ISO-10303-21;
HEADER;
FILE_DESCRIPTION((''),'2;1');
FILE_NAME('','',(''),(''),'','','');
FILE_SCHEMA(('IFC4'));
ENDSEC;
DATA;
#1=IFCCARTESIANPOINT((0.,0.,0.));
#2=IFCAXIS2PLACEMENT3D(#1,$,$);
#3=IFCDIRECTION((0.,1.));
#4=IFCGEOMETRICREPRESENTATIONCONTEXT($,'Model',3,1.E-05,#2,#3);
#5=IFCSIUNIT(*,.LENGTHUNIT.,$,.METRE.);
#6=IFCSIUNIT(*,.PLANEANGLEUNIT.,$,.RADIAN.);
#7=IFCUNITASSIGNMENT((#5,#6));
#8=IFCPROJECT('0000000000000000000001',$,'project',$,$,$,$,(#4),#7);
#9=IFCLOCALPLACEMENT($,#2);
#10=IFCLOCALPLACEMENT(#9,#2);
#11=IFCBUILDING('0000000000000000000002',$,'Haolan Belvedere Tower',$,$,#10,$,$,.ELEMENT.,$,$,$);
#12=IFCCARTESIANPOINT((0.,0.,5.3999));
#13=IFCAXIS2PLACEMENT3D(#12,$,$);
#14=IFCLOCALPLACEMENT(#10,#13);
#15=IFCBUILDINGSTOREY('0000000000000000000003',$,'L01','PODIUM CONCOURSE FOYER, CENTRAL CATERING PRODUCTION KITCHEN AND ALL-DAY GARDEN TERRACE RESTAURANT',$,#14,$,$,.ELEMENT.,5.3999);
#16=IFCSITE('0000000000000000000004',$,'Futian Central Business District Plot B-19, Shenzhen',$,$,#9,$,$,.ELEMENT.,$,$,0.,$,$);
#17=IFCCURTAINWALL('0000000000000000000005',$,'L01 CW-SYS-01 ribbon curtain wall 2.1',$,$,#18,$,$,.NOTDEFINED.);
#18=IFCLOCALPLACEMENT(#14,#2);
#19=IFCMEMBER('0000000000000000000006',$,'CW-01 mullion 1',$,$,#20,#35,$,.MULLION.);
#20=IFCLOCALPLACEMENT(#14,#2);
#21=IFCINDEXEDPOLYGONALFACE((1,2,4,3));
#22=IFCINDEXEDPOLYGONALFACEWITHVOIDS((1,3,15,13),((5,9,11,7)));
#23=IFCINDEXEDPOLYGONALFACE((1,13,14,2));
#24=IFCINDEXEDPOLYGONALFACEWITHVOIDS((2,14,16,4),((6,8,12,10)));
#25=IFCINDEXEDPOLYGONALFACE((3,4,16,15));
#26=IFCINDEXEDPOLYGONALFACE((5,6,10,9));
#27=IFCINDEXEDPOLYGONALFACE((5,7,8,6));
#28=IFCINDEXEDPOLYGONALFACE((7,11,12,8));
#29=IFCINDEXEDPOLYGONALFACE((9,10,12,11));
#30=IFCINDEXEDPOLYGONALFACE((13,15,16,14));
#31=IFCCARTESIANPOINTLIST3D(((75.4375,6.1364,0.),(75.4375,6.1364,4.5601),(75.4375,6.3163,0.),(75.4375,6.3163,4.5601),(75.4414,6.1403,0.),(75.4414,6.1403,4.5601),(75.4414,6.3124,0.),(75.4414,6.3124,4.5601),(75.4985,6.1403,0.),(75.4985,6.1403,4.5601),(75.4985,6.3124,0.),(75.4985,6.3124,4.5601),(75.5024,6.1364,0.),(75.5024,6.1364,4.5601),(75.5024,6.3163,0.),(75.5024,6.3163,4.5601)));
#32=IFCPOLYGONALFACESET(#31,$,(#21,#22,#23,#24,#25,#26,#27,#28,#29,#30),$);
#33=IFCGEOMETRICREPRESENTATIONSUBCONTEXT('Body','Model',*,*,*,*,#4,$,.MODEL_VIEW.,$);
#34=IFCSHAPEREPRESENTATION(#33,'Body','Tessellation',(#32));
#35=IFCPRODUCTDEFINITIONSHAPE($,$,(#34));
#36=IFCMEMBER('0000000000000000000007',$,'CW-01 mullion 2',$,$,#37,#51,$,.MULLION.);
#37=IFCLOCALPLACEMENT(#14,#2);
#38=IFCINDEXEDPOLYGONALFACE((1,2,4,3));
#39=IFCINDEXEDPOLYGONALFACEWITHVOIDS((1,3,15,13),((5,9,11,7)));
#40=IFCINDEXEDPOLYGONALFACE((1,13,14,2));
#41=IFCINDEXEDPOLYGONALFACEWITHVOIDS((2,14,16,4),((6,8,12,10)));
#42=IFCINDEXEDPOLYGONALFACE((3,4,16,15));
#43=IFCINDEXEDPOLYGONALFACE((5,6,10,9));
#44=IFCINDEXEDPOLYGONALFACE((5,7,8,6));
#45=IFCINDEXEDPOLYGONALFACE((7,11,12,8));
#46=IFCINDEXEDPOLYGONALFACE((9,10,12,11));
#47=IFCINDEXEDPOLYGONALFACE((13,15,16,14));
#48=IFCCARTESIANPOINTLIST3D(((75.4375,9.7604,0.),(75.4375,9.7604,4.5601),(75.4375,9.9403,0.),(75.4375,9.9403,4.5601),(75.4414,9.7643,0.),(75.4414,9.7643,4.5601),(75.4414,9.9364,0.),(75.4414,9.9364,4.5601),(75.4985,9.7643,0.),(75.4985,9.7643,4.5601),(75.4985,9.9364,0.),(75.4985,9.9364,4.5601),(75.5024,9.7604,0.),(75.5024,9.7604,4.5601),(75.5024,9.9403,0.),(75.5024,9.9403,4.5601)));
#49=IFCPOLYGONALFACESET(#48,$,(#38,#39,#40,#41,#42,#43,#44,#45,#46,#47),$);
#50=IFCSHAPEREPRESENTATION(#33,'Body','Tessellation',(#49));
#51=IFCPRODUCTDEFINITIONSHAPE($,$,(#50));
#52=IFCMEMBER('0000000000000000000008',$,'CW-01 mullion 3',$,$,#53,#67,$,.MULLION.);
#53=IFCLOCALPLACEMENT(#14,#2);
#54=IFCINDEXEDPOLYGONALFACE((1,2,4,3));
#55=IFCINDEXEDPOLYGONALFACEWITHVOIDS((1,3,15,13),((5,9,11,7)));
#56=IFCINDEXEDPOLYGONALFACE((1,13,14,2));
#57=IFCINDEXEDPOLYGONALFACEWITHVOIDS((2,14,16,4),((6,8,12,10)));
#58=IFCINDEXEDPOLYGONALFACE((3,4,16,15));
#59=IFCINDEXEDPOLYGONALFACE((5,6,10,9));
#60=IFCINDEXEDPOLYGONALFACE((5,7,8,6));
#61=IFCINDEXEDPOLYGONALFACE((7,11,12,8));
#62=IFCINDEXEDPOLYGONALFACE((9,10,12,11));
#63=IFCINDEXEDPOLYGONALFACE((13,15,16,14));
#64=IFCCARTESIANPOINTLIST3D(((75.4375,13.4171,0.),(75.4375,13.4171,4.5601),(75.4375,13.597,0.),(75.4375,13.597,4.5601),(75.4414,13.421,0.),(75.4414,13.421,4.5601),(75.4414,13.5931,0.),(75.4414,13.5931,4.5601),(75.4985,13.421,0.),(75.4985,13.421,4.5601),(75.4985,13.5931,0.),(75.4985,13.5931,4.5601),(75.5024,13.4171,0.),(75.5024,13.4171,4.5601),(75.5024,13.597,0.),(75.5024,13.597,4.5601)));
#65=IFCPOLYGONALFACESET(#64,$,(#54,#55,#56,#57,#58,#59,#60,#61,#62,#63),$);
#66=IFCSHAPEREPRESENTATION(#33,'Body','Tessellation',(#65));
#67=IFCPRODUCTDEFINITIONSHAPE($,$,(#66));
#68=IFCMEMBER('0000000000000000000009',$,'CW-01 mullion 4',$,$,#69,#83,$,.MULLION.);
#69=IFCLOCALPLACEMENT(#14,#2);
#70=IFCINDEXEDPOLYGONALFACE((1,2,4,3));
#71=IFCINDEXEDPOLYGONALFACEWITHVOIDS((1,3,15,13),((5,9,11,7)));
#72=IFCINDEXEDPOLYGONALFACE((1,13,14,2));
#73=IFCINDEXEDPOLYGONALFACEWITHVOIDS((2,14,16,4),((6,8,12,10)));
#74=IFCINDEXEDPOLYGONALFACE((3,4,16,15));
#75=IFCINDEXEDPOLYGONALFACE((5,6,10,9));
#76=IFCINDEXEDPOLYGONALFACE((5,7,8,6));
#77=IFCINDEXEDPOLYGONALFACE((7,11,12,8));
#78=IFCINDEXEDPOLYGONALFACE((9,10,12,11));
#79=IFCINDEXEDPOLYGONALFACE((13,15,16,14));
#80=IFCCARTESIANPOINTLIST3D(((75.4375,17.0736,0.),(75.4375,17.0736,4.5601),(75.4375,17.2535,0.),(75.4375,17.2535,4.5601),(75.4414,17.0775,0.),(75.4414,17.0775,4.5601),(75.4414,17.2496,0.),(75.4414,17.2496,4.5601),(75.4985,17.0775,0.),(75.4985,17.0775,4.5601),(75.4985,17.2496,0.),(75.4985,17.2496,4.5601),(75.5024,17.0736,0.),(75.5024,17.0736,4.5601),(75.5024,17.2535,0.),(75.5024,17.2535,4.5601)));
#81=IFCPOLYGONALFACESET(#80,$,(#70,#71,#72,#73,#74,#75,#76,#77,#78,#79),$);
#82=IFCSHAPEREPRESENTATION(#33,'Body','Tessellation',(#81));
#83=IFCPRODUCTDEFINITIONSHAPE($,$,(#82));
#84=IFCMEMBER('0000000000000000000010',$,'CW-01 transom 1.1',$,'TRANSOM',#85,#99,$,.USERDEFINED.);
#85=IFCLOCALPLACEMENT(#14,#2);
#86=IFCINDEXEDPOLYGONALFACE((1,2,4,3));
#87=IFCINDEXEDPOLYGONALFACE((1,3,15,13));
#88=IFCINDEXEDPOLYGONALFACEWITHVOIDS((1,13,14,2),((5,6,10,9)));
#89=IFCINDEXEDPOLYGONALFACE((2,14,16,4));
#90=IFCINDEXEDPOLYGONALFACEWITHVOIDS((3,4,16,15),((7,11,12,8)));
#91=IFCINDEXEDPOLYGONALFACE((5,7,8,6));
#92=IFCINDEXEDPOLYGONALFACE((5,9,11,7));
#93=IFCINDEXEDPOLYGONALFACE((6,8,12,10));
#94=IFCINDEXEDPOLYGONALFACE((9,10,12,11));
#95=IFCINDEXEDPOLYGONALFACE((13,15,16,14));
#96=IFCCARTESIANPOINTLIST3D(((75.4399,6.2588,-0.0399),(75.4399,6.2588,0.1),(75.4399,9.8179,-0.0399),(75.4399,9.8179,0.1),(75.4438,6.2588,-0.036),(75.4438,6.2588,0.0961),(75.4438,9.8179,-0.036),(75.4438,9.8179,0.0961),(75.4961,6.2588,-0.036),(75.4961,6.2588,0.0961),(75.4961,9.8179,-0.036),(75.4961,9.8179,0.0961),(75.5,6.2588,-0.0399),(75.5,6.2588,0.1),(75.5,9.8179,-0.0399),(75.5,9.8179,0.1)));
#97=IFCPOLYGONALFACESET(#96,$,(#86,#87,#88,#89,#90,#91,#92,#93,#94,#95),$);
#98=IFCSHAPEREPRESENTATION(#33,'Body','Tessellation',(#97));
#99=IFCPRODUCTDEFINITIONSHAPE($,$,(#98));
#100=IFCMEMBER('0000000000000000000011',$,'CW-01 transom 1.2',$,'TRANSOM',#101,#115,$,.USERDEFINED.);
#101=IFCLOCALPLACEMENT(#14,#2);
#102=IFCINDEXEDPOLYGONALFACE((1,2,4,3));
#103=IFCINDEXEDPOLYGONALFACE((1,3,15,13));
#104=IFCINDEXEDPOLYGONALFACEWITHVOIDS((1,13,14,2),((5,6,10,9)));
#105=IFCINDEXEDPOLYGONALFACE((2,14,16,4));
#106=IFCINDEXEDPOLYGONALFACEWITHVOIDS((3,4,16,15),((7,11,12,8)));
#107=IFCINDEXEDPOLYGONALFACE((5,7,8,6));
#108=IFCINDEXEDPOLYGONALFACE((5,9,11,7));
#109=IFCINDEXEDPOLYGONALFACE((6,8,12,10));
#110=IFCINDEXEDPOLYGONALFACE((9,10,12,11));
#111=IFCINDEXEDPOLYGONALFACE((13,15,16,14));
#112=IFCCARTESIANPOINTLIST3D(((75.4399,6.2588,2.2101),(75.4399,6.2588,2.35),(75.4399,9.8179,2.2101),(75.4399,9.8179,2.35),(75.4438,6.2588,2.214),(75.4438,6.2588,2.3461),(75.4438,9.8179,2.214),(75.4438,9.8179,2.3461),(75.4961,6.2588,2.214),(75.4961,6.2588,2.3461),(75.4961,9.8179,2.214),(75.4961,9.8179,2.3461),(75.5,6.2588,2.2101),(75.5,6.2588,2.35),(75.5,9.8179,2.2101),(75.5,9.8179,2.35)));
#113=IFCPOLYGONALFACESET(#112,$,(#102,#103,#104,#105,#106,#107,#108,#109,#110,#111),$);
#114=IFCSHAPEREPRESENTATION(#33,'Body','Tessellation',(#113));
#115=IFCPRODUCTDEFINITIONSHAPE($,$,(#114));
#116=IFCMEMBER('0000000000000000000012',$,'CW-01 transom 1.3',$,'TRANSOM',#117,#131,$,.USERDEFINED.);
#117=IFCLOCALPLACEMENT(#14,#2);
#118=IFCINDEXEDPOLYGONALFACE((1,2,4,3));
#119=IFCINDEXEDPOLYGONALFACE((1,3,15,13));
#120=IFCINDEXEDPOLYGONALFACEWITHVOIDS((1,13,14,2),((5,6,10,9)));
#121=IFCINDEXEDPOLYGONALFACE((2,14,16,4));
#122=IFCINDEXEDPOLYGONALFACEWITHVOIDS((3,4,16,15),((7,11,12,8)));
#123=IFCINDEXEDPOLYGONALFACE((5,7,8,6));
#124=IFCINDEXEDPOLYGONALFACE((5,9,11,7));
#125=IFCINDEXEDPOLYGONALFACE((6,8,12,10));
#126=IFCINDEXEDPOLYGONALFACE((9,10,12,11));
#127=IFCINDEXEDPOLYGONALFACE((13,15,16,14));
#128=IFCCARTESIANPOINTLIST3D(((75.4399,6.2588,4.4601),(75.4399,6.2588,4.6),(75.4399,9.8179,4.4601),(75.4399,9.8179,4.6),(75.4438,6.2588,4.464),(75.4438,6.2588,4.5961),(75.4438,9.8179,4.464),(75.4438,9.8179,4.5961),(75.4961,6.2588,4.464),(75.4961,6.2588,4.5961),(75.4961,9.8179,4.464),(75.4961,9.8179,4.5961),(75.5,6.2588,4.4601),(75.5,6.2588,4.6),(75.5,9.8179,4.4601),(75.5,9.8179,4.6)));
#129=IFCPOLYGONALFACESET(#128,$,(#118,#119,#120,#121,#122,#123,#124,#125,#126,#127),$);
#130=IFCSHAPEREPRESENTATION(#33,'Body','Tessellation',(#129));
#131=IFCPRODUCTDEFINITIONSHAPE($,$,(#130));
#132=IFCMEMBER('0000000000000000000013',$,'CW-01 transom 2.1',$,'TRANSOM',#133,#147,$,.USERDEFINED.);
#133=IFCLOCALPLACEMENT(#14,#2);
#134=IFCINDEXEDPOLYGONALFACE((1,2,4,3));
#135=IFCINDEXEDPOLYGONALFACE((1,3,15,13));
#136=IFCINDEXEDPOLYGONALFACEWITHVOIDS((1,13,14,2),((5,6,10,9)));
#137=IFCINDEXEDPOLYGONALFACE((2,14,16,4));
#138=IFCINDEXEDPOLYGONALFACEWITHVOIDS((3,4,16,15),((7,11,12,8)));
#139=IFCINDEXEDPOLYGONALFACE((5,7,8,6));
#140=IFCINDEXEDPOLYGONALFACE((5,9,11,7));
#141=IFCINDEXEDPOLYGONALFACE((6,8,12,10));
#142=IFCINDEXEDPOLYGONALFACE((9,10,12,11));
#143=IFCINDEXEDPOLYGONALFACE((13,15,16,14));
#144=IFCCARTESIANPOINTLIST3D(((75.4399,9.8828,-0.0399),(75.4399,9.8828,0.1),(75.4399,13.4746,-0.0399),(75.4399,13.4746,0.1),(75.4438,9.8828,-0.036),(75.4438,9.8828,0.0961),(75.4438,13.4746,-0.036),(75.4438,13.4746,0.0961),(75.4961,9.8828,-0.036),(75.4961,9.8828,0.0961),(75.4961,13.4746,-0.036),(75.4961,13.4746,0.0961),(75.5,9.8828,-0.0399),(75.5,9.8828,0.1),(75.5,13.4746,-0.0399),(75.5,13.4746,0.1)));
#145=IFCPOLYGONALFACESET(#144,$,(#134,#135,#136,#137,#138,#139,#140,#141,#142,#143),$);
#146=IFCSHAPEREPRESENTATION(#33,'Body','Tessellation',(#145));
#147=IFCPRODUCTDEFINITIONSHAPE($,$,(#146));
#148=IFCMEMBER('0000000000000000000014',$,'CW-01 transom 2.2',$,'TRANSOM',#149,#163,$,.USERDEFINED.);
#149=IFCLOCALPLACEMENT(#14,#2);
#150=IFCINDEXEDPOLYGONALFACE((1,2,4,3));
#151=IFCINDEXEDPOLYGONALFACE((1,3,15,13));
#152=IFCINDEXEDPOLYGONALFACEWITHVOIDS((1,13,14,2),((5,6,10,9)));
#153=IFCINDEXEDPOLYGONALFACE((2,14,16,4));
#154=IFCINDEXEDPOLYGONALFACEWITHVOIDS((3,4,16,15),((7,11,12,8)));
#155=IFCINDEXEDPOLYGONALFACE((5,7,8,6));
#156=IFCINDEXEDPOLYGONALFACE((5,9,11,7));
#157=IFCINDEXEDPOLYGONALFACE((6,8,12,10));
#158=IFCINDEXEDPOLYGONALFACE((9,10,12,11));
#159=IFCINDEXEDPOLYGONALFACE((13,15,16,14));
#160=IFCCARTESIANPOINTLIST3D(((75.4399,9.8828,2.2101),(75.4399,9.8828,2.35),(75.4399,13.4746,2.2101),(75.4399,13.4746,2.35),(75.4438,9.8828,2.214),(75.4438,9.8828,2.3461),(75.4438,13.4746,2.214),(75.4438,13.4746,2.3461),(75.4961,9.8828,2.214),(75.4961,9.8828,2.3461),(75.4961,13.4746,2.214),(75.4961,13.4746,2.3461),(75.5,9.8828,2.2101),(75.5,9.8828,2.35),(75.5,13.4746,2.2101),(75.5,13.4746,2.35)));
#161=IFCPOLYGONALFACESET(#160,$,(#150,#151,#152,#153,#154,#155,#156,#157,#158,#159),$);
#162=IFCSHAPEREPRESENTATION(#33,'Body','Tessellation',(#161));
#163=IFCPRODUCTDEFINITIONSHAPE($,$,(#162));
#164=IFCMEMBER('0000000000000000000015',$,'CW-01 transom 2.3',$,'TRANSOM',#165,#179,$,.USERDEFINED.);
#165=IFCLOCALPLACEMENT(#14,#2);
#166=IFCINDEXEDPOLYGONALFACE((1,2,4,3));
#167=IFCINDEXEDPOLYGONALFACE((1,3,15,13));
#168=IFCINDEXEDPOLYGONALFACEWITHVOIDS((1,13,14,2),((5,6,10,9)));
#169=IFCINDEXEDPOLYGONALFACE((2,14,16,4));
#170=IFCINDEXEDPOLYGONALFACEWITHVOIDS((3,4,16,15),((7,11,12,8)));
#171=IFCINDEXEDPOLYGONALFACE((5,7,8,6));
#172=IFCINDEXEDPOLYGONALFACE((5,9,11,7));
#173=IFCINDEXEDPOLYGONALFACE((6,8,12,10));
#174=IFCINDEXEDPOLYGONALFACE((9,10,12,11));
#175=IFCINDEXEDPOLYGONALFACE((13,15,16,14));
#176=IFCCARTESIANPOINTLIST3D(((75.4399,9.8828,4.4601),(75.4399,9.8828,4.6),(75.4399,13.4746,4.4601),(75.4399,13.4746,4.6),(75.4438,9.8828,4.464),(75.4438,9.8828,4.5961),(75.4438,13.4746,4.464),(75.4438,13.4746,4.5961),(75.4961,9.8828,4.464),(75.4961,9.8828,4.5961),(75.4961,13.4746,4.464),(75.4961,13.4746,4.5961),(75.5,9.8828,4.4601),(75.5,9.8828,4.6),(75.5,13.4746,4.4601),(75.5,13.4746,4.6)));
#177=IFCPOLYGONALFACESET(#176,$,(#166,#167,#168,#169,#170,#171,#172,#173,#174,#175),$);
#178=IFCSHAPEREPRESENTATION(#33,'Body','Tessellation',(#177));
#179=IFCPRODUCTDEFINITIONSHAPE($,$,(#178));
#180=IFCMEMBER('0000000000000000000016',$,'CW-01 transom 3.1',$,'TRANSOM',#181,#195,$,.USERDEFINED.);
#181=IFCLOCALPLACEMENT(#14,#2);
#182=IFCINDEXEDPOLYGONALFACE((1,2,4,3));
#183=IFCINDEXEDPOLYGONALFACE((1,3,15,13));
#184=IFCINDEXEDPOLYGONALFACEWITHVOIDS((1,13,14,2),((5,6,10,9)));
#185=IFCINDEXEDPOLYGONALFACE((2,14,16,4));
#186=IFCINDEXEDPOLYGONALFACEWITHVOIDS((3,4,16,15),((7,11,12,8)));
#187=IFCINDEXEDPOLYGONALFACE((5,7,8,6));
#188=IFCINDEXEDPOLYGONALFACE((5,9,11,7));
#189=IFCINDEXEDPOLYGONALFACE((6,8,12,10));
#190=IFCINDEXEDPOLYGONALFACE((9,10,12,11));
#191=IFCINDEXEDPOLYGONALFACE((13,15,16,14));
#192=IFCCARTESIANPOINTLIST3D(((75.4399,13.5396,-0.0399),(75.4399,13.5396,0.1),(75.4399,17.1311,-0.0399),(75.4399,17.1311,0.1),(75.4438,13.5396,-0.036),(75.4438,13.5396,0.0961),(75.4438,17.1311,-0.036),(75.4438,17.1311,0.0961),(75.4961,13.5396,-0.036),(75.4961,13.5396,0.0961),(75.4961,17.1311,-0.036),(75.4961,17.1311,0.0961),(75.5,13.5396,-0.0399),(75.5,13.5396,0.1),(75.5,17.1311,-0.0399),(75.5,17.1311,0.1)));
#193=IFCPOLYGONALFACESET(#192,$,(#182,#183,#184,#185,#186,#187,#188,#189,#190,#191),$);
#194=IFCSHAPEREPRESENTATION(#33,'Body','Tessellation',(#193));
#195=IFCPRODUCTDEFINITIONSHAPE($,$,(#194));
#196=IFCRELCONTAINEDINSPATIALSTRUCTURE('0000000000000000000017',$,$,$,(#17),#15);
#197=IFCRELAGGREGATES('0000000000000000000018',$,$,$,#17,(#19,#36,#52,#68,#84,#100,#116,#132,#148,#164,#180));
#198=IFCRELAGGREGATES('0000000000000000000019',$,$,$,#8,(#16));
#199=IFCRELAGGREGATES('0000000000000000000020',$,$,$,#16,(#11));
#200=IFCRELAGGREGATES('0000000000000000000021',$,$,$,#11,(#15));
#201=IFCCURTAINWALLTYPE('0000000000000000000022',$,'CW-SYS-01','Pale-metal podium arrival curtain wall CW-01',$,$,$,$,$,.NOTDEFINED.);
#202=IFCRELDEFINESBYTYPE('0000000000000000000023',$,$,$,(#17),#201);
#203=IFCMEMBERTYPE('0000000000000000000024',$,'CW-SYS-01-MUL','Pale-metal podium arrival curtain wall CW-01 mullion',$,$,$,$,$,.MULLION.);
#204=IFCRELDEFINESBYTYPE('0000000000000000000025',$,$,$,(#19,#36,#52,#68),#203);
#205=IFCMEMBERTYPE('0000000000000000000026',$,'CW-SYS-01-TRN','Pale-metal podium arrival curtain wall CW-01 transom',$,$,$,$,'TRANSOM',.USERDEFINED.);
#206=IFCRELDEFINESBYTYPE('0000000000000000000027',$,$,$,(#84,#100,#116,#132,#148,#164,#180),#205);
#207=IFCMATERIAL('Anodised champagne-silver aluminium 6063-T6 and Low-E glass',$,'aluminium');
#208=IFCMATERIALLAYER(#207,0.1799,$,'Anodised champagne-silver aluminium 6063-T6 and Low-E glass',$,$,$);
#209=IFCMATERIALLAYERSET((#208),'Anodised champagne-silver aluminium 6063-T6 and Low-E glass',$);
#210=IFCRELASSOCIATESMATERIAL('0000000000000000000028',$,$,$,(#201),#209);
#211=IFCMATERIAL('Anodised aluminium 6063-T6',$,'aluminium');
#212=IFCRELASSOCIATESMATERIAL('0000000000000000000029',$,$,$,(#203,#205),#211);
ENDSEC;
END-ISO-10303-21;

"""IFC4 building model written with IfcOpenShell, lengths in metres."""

from ifc_helpers import new_model, si_unit, direction, frame, origin, origin_2d, place, context, subcontext, project, spatial, hollow_rectangle, extrude, material, layer, layer_set, material_profile, profile_set, type_object, element, aggregate, save


model = new_model("IFC4")

# Units and contexts
model_context = context("Model", 3, precision=1e-05, world=origin(), true_north=direction((0.0, 1.0)))
body_context = subcontext(model_context, "Body", "Model", "MODEL_VIEW")
ifc_project = project(units=[si_unit("LENGTHUNIT", "METRE"), si_unit("PLANEANGLEUNIT", "RADIAN")], contexts=[model_context])

# Site, building, storey
site_placement = place(None, origin())
site = spatial("IfcSite", under=ifc_project, at=site_placement, Name="Futian Central Business District Plot B-19, Shenzhen", CompositionType="ELEMENT", RefElevation=0.0)
building_placement = place(site_placement, origin())
building = spatial("IfcBuilding", under=site, at=building_placement, Name="Haolan Belvedere Tower", CompositionType="ELEMENT")
storey_placement = place(building_placement, frame((0.0, 0.0, 5.3999)))
storey = spatial("IfcBuildingStorey", under=building, at=storey_placement, Name="L01", Description="PODIUM CONCOURSE FOYER, CENTRAL CATERING PRODUCTION KITCHEN AND ALL-DAY GARDEN TERRACE RESTAURANT", CompositionType="ELEMENT", Elevation=5.3999)

# Curtain wall, members
ifc_material_1 = material(Name="Anodised champagne-silver aluminium 6063-T6 and Low-E glass", Category="aluminium")
ifc_layer_1 = layer(ifc_material_1, 0.1799, Name="Anodised champagne-silver aluminium 6063-T6 and Low-E glass")
ifc_layer_set_1 = layer_set([ifc_layer_1], Name="Anodised champagne-silver aluminium 6063-T6 and Low-E glass")
curtain_wall_type = type_object("IfcCurtainWallType", Name="CW-SYS-01", Description="Pale-metal podium arrival curtain wall CW-01", PredefinedType="NOTDEFINED", material=ifc_layer_set_1)
curtain_wall_placement = place(storey_placement, origin())
curtain_wall = element("IfcCurtainWall", 1, at=curtain_wall_placement, inside=storey, type_object=curtain_wall_type, Name="L01 CW-SYS-01 ribbon curtain wall 2.1", PredefinedType="NOTDEFINED")
ifc_material_2 = material(Name="Anodised aluminium 6063-T6", Category="aluminium")
ifc_material_profile_1 = material_profile(ifc_material_2, hollow_rectangle(XDim=0.0649, YDim=0.1799, WallThickness=0.0039, at=origin_2d()), Name="Anodised aluminium 6063-T6")
ifc_profile_set_1 = profile_set([ifc_material_profile_1], Name="Anodised aluminium 6063-T6")
member_type_1 = type_object("IfcMemberType", Name="CW-SYS-01-MUL", Description="Pale-metal podium arrival curtain wall CW-01 mullion", PredefinedType="MULLION", material=ifc_profile_set_1)
member_1_placement = place(storey_placement, frame((75.47, 6.2263, 0.0), z_axis=(0.0, 0.0, 1.0), x_axis=(-1.0, 0.0, 0.0)))
member_1 = element("IfcMember", 2, at=member_1_placement, type_object=member_type_1, Name="CW-01 mullion 1", PredefinedType="MULLION", context=body_context, shape_type="SweptSolid", body=[
    extrude(hollow_rectangle(XDim=0.0649, YDim=0.1799, WallThickness=0.0039, at=origin_2d()), origin(), (0.0, 0.0, 1.0), 4.5601),
])
member_2_placement = place(storey_placement, frame((75.47, 9.8503, 0.0), z_axis=(0.0, 0.0, 1.0), x_axis=(-1.0, 0.0, 0.0)))
member_2 = element("IfcMember", 3, at=member_2_placement, type_object=member_type_1, Name="CW-01 mullion 2", PredefinedType="MULLION", context=body_context, shape_type="SweptSolid", body=[
    extrude(hollow_rectangle(XDim=0.0649, YDim=0.1799, WallThickness=0.0039, at=origin_2d()), origin(), (0.0, 0.0, 1.0), 4.5601),
])
member_3_placement = place(storey_placement, frame((75.47, 13.5071, 0.0), z_axis=(0.0, 0.0, 1.0), x_axis=(-1.0, 0.0, 0.0)))
member_3 = element("IfcMember", 4, at=member_3_placement, type_object=member_type_1, Name="CW-01 mullion 3", PredefinedType="MULLION", context=body_context, shape_type="SweptSolid", body=[
    extrude(hollow_rectangle(XDim=0.0649, YDim=0.1799, WallThickness=0.0039, at=origin_2d()), origin(), (0.0, 0.0, 1.0), 4.5601),
])
member_4_placement = place(storey_placement, frame((75.47, 17.1636, 0.0), z_axis=(0.0, 0.0, 1.0), x_axis=(-1.0, 0.0, 0.0)))
member_4 = element("IfcMember", 5, at=member_4_placement, type_object=member_type_1, Name="CW-01 mullion 4", PredefinedType="MULLION", context=body_context, shape_type="SweptSolid", body=[
    extrude(hollow_rectangle(XDim=0.0649, YDim=0.1799, WallThickness=0.0039, at=origin_2d()), origin(), (0.0, 0.0, 1.0), 4.5601),
])
ifc_material_profile_2 = material_profile(ifc_material_2, hollow_rectangle(XDim=0.0601, YDim=0.1399, WallThickness=0.0039, at=origin_2d()), Name="Anodised aluminium 6063-T6")
ifc_profile_set_2 = profile_set([ifc_material_profile_2], Name="Anodised aluminium 6063-T6")
member_type_2 = type_object("IfcMemberType", Name="CW-SYS-01-TRN", Description="Pale-metal podium arrival curtain wall CW-01 transom", ElementType="TRANSOM", PredefinedType="USERDEFINED", material=ifc_profile_set_2)
member_5_placement = place(storey_placement, frame((75.47, 6.2588, 0.03), z_axis=(0.0, 1.0, 0.0), x_axis=(-1.0, 0.0, 0.0)))
member_5 = element("IfcMember", 6, at=member_5_placement, type_object=member_type_2, Name="CW-01 transom 1.1", ObjectType="TRANSOM", PredefinedType="USERDEFINED", context=body_context, shape_type="SweptSolid", body=[
    extrude(hollow_rectangle(XDim=0.0601, YDim=0.1399, WallThickness=0.0039, at=origin_2d()), origin(), (0.0, 0.0, 1.0), 3.5591),
])
member_6_placement = place(storey_placement, frame((75.47, 6.2588, 2.28), z_axis=(0.0, 1.0, 0.0), x_axis=(-1.0, 0.0, 0.0)))
member_6 = element("IfcMember", 7, at=member_6_placement, type_object=member_type_2, Name="CW-01 transom 1.2", ObjectType="TRANSOM", PredefinedType="USERDEFINED", context=body_context, shape_type="SweptSolid", body=[
    extrude(hollow_rectangle(XDim=0.0601, YDim=0.1399, WallThickness=0.0039, at=origin_2d()), origin(), (0.0, 0.0, 1.0), 3.5591),
])
member_7_placement = place(storey_placement, frame((75.47, 6.2588, 4.53), z_axis=(0.0, 1.0, 0.0), x_axis=(-1.0, 0.0, 0.0)))
member_7 = element("IfcMember", 8, at=member_7_placement, type_object=member_type_2, Name="CW-01 transom 1.3", ObjectType="TRANSOM", PredefinedType="USERDEFINED", context=body_context, shape_type="SweptSolid", body=[
    extrude(hollow_rectangle(XDim=0.0601, YDim=0.1399, WallThickness=0.0039, at=origin_2d()), origin(), (0.0, 0.0, 1.0), 3.5591),
])
member_8_placement = place(storey_placement, frame((75.47, 9.8828, 0.03), z_axis=(0.0, 1.0, 0.0), x_axis=(-1.0, 0.0, 0.0)))
member_8 = element("IfcMember", 9, at=member_8_placement, type_object=member_type_2, Name="CW-01 transom 2.1", ObjectType="TRANSOM", PredefinedType="USERDEFINED", context=body_context, shape_type="SweptSolid", body=[
    extrude(hollow_rectangle(XDim=0.0601, YDim=0.1399, WallThickness=0.0039, at=origin_2d()), origin(), (0.0, 0.0, 1.0), 3.5918),
])
member_9_placement = place(storey_placement, frame((75.47, 9.8828, 2.28), z_axis=(0.0, 1.0, 0.0), x_axis=(-1.0, 0.0, 0.0)))
member_9 = element("IfcMember", 10, at=member_9_placement, type_object=member_type_2, Name="CW-01 transom 2.2", ObjectType="TRANSOM", PredefinedType="USERDEFINED", context=body_context, shape_type="SweptSolid", body=[
    extrude(hollow_rectangle(XDim=0.0601, YDim=0.1399, WallThickness=0.0039, at=origin_2d()), origin(), (0.0, 0.0, 1.0), 3.5918),
])
member_10_placement = place(storey_placement, frame((75.47, 9.8828, 4.53), z_axis=(0.0, 1.0, 0.0), x_axis=(-1.0, 0.0, 0.0)))
member_10 = element("IfcMember", 11, at=member_10_placement, type_object=member_type_2, Name="CW-01 transom 2.3", ObjectType="TRANSOM", PredefinedType="USERDEFINED", context=body_context, shape_type="SweptSolid", body=[
    extrude(hollow_rectangle(XDim=0.0601, YDim=0.1399, WallThickness=0.0039, at=origin_2d()), origin(), (0.0, 0.0, 1.0), 3.5918),
])
member_11_placement = place(storey_placement, frame((75.47, 13.5396, 0.03), z_axis=(0.0, 1.0, 0.0), x_axis=(-1.0, 0.0, 0.0)))
member_11 = element("IfcMember", 12, at=member_11_placement, type_object=member_type_2, Name="CW-01 transom 3.1", ObjectType="TRANSOM", PredefinedType="USERDEFINED", context=body_context, shape_type="SweptSolid", body=[
    extrude(hollow_rectangle(XDim=0.0601, YDim=0.1399, WallThickness=0.0039, at=origin_2d()), origin(), (0.0, 0.0, 1.0), 3.5916),
])
aggregate(curtain_wall, [member_1, member_2, member_3, member_4, member_5, member_6, member_7, member_8, member_9, member_10, member_11])

save(model, "model.ifc")
